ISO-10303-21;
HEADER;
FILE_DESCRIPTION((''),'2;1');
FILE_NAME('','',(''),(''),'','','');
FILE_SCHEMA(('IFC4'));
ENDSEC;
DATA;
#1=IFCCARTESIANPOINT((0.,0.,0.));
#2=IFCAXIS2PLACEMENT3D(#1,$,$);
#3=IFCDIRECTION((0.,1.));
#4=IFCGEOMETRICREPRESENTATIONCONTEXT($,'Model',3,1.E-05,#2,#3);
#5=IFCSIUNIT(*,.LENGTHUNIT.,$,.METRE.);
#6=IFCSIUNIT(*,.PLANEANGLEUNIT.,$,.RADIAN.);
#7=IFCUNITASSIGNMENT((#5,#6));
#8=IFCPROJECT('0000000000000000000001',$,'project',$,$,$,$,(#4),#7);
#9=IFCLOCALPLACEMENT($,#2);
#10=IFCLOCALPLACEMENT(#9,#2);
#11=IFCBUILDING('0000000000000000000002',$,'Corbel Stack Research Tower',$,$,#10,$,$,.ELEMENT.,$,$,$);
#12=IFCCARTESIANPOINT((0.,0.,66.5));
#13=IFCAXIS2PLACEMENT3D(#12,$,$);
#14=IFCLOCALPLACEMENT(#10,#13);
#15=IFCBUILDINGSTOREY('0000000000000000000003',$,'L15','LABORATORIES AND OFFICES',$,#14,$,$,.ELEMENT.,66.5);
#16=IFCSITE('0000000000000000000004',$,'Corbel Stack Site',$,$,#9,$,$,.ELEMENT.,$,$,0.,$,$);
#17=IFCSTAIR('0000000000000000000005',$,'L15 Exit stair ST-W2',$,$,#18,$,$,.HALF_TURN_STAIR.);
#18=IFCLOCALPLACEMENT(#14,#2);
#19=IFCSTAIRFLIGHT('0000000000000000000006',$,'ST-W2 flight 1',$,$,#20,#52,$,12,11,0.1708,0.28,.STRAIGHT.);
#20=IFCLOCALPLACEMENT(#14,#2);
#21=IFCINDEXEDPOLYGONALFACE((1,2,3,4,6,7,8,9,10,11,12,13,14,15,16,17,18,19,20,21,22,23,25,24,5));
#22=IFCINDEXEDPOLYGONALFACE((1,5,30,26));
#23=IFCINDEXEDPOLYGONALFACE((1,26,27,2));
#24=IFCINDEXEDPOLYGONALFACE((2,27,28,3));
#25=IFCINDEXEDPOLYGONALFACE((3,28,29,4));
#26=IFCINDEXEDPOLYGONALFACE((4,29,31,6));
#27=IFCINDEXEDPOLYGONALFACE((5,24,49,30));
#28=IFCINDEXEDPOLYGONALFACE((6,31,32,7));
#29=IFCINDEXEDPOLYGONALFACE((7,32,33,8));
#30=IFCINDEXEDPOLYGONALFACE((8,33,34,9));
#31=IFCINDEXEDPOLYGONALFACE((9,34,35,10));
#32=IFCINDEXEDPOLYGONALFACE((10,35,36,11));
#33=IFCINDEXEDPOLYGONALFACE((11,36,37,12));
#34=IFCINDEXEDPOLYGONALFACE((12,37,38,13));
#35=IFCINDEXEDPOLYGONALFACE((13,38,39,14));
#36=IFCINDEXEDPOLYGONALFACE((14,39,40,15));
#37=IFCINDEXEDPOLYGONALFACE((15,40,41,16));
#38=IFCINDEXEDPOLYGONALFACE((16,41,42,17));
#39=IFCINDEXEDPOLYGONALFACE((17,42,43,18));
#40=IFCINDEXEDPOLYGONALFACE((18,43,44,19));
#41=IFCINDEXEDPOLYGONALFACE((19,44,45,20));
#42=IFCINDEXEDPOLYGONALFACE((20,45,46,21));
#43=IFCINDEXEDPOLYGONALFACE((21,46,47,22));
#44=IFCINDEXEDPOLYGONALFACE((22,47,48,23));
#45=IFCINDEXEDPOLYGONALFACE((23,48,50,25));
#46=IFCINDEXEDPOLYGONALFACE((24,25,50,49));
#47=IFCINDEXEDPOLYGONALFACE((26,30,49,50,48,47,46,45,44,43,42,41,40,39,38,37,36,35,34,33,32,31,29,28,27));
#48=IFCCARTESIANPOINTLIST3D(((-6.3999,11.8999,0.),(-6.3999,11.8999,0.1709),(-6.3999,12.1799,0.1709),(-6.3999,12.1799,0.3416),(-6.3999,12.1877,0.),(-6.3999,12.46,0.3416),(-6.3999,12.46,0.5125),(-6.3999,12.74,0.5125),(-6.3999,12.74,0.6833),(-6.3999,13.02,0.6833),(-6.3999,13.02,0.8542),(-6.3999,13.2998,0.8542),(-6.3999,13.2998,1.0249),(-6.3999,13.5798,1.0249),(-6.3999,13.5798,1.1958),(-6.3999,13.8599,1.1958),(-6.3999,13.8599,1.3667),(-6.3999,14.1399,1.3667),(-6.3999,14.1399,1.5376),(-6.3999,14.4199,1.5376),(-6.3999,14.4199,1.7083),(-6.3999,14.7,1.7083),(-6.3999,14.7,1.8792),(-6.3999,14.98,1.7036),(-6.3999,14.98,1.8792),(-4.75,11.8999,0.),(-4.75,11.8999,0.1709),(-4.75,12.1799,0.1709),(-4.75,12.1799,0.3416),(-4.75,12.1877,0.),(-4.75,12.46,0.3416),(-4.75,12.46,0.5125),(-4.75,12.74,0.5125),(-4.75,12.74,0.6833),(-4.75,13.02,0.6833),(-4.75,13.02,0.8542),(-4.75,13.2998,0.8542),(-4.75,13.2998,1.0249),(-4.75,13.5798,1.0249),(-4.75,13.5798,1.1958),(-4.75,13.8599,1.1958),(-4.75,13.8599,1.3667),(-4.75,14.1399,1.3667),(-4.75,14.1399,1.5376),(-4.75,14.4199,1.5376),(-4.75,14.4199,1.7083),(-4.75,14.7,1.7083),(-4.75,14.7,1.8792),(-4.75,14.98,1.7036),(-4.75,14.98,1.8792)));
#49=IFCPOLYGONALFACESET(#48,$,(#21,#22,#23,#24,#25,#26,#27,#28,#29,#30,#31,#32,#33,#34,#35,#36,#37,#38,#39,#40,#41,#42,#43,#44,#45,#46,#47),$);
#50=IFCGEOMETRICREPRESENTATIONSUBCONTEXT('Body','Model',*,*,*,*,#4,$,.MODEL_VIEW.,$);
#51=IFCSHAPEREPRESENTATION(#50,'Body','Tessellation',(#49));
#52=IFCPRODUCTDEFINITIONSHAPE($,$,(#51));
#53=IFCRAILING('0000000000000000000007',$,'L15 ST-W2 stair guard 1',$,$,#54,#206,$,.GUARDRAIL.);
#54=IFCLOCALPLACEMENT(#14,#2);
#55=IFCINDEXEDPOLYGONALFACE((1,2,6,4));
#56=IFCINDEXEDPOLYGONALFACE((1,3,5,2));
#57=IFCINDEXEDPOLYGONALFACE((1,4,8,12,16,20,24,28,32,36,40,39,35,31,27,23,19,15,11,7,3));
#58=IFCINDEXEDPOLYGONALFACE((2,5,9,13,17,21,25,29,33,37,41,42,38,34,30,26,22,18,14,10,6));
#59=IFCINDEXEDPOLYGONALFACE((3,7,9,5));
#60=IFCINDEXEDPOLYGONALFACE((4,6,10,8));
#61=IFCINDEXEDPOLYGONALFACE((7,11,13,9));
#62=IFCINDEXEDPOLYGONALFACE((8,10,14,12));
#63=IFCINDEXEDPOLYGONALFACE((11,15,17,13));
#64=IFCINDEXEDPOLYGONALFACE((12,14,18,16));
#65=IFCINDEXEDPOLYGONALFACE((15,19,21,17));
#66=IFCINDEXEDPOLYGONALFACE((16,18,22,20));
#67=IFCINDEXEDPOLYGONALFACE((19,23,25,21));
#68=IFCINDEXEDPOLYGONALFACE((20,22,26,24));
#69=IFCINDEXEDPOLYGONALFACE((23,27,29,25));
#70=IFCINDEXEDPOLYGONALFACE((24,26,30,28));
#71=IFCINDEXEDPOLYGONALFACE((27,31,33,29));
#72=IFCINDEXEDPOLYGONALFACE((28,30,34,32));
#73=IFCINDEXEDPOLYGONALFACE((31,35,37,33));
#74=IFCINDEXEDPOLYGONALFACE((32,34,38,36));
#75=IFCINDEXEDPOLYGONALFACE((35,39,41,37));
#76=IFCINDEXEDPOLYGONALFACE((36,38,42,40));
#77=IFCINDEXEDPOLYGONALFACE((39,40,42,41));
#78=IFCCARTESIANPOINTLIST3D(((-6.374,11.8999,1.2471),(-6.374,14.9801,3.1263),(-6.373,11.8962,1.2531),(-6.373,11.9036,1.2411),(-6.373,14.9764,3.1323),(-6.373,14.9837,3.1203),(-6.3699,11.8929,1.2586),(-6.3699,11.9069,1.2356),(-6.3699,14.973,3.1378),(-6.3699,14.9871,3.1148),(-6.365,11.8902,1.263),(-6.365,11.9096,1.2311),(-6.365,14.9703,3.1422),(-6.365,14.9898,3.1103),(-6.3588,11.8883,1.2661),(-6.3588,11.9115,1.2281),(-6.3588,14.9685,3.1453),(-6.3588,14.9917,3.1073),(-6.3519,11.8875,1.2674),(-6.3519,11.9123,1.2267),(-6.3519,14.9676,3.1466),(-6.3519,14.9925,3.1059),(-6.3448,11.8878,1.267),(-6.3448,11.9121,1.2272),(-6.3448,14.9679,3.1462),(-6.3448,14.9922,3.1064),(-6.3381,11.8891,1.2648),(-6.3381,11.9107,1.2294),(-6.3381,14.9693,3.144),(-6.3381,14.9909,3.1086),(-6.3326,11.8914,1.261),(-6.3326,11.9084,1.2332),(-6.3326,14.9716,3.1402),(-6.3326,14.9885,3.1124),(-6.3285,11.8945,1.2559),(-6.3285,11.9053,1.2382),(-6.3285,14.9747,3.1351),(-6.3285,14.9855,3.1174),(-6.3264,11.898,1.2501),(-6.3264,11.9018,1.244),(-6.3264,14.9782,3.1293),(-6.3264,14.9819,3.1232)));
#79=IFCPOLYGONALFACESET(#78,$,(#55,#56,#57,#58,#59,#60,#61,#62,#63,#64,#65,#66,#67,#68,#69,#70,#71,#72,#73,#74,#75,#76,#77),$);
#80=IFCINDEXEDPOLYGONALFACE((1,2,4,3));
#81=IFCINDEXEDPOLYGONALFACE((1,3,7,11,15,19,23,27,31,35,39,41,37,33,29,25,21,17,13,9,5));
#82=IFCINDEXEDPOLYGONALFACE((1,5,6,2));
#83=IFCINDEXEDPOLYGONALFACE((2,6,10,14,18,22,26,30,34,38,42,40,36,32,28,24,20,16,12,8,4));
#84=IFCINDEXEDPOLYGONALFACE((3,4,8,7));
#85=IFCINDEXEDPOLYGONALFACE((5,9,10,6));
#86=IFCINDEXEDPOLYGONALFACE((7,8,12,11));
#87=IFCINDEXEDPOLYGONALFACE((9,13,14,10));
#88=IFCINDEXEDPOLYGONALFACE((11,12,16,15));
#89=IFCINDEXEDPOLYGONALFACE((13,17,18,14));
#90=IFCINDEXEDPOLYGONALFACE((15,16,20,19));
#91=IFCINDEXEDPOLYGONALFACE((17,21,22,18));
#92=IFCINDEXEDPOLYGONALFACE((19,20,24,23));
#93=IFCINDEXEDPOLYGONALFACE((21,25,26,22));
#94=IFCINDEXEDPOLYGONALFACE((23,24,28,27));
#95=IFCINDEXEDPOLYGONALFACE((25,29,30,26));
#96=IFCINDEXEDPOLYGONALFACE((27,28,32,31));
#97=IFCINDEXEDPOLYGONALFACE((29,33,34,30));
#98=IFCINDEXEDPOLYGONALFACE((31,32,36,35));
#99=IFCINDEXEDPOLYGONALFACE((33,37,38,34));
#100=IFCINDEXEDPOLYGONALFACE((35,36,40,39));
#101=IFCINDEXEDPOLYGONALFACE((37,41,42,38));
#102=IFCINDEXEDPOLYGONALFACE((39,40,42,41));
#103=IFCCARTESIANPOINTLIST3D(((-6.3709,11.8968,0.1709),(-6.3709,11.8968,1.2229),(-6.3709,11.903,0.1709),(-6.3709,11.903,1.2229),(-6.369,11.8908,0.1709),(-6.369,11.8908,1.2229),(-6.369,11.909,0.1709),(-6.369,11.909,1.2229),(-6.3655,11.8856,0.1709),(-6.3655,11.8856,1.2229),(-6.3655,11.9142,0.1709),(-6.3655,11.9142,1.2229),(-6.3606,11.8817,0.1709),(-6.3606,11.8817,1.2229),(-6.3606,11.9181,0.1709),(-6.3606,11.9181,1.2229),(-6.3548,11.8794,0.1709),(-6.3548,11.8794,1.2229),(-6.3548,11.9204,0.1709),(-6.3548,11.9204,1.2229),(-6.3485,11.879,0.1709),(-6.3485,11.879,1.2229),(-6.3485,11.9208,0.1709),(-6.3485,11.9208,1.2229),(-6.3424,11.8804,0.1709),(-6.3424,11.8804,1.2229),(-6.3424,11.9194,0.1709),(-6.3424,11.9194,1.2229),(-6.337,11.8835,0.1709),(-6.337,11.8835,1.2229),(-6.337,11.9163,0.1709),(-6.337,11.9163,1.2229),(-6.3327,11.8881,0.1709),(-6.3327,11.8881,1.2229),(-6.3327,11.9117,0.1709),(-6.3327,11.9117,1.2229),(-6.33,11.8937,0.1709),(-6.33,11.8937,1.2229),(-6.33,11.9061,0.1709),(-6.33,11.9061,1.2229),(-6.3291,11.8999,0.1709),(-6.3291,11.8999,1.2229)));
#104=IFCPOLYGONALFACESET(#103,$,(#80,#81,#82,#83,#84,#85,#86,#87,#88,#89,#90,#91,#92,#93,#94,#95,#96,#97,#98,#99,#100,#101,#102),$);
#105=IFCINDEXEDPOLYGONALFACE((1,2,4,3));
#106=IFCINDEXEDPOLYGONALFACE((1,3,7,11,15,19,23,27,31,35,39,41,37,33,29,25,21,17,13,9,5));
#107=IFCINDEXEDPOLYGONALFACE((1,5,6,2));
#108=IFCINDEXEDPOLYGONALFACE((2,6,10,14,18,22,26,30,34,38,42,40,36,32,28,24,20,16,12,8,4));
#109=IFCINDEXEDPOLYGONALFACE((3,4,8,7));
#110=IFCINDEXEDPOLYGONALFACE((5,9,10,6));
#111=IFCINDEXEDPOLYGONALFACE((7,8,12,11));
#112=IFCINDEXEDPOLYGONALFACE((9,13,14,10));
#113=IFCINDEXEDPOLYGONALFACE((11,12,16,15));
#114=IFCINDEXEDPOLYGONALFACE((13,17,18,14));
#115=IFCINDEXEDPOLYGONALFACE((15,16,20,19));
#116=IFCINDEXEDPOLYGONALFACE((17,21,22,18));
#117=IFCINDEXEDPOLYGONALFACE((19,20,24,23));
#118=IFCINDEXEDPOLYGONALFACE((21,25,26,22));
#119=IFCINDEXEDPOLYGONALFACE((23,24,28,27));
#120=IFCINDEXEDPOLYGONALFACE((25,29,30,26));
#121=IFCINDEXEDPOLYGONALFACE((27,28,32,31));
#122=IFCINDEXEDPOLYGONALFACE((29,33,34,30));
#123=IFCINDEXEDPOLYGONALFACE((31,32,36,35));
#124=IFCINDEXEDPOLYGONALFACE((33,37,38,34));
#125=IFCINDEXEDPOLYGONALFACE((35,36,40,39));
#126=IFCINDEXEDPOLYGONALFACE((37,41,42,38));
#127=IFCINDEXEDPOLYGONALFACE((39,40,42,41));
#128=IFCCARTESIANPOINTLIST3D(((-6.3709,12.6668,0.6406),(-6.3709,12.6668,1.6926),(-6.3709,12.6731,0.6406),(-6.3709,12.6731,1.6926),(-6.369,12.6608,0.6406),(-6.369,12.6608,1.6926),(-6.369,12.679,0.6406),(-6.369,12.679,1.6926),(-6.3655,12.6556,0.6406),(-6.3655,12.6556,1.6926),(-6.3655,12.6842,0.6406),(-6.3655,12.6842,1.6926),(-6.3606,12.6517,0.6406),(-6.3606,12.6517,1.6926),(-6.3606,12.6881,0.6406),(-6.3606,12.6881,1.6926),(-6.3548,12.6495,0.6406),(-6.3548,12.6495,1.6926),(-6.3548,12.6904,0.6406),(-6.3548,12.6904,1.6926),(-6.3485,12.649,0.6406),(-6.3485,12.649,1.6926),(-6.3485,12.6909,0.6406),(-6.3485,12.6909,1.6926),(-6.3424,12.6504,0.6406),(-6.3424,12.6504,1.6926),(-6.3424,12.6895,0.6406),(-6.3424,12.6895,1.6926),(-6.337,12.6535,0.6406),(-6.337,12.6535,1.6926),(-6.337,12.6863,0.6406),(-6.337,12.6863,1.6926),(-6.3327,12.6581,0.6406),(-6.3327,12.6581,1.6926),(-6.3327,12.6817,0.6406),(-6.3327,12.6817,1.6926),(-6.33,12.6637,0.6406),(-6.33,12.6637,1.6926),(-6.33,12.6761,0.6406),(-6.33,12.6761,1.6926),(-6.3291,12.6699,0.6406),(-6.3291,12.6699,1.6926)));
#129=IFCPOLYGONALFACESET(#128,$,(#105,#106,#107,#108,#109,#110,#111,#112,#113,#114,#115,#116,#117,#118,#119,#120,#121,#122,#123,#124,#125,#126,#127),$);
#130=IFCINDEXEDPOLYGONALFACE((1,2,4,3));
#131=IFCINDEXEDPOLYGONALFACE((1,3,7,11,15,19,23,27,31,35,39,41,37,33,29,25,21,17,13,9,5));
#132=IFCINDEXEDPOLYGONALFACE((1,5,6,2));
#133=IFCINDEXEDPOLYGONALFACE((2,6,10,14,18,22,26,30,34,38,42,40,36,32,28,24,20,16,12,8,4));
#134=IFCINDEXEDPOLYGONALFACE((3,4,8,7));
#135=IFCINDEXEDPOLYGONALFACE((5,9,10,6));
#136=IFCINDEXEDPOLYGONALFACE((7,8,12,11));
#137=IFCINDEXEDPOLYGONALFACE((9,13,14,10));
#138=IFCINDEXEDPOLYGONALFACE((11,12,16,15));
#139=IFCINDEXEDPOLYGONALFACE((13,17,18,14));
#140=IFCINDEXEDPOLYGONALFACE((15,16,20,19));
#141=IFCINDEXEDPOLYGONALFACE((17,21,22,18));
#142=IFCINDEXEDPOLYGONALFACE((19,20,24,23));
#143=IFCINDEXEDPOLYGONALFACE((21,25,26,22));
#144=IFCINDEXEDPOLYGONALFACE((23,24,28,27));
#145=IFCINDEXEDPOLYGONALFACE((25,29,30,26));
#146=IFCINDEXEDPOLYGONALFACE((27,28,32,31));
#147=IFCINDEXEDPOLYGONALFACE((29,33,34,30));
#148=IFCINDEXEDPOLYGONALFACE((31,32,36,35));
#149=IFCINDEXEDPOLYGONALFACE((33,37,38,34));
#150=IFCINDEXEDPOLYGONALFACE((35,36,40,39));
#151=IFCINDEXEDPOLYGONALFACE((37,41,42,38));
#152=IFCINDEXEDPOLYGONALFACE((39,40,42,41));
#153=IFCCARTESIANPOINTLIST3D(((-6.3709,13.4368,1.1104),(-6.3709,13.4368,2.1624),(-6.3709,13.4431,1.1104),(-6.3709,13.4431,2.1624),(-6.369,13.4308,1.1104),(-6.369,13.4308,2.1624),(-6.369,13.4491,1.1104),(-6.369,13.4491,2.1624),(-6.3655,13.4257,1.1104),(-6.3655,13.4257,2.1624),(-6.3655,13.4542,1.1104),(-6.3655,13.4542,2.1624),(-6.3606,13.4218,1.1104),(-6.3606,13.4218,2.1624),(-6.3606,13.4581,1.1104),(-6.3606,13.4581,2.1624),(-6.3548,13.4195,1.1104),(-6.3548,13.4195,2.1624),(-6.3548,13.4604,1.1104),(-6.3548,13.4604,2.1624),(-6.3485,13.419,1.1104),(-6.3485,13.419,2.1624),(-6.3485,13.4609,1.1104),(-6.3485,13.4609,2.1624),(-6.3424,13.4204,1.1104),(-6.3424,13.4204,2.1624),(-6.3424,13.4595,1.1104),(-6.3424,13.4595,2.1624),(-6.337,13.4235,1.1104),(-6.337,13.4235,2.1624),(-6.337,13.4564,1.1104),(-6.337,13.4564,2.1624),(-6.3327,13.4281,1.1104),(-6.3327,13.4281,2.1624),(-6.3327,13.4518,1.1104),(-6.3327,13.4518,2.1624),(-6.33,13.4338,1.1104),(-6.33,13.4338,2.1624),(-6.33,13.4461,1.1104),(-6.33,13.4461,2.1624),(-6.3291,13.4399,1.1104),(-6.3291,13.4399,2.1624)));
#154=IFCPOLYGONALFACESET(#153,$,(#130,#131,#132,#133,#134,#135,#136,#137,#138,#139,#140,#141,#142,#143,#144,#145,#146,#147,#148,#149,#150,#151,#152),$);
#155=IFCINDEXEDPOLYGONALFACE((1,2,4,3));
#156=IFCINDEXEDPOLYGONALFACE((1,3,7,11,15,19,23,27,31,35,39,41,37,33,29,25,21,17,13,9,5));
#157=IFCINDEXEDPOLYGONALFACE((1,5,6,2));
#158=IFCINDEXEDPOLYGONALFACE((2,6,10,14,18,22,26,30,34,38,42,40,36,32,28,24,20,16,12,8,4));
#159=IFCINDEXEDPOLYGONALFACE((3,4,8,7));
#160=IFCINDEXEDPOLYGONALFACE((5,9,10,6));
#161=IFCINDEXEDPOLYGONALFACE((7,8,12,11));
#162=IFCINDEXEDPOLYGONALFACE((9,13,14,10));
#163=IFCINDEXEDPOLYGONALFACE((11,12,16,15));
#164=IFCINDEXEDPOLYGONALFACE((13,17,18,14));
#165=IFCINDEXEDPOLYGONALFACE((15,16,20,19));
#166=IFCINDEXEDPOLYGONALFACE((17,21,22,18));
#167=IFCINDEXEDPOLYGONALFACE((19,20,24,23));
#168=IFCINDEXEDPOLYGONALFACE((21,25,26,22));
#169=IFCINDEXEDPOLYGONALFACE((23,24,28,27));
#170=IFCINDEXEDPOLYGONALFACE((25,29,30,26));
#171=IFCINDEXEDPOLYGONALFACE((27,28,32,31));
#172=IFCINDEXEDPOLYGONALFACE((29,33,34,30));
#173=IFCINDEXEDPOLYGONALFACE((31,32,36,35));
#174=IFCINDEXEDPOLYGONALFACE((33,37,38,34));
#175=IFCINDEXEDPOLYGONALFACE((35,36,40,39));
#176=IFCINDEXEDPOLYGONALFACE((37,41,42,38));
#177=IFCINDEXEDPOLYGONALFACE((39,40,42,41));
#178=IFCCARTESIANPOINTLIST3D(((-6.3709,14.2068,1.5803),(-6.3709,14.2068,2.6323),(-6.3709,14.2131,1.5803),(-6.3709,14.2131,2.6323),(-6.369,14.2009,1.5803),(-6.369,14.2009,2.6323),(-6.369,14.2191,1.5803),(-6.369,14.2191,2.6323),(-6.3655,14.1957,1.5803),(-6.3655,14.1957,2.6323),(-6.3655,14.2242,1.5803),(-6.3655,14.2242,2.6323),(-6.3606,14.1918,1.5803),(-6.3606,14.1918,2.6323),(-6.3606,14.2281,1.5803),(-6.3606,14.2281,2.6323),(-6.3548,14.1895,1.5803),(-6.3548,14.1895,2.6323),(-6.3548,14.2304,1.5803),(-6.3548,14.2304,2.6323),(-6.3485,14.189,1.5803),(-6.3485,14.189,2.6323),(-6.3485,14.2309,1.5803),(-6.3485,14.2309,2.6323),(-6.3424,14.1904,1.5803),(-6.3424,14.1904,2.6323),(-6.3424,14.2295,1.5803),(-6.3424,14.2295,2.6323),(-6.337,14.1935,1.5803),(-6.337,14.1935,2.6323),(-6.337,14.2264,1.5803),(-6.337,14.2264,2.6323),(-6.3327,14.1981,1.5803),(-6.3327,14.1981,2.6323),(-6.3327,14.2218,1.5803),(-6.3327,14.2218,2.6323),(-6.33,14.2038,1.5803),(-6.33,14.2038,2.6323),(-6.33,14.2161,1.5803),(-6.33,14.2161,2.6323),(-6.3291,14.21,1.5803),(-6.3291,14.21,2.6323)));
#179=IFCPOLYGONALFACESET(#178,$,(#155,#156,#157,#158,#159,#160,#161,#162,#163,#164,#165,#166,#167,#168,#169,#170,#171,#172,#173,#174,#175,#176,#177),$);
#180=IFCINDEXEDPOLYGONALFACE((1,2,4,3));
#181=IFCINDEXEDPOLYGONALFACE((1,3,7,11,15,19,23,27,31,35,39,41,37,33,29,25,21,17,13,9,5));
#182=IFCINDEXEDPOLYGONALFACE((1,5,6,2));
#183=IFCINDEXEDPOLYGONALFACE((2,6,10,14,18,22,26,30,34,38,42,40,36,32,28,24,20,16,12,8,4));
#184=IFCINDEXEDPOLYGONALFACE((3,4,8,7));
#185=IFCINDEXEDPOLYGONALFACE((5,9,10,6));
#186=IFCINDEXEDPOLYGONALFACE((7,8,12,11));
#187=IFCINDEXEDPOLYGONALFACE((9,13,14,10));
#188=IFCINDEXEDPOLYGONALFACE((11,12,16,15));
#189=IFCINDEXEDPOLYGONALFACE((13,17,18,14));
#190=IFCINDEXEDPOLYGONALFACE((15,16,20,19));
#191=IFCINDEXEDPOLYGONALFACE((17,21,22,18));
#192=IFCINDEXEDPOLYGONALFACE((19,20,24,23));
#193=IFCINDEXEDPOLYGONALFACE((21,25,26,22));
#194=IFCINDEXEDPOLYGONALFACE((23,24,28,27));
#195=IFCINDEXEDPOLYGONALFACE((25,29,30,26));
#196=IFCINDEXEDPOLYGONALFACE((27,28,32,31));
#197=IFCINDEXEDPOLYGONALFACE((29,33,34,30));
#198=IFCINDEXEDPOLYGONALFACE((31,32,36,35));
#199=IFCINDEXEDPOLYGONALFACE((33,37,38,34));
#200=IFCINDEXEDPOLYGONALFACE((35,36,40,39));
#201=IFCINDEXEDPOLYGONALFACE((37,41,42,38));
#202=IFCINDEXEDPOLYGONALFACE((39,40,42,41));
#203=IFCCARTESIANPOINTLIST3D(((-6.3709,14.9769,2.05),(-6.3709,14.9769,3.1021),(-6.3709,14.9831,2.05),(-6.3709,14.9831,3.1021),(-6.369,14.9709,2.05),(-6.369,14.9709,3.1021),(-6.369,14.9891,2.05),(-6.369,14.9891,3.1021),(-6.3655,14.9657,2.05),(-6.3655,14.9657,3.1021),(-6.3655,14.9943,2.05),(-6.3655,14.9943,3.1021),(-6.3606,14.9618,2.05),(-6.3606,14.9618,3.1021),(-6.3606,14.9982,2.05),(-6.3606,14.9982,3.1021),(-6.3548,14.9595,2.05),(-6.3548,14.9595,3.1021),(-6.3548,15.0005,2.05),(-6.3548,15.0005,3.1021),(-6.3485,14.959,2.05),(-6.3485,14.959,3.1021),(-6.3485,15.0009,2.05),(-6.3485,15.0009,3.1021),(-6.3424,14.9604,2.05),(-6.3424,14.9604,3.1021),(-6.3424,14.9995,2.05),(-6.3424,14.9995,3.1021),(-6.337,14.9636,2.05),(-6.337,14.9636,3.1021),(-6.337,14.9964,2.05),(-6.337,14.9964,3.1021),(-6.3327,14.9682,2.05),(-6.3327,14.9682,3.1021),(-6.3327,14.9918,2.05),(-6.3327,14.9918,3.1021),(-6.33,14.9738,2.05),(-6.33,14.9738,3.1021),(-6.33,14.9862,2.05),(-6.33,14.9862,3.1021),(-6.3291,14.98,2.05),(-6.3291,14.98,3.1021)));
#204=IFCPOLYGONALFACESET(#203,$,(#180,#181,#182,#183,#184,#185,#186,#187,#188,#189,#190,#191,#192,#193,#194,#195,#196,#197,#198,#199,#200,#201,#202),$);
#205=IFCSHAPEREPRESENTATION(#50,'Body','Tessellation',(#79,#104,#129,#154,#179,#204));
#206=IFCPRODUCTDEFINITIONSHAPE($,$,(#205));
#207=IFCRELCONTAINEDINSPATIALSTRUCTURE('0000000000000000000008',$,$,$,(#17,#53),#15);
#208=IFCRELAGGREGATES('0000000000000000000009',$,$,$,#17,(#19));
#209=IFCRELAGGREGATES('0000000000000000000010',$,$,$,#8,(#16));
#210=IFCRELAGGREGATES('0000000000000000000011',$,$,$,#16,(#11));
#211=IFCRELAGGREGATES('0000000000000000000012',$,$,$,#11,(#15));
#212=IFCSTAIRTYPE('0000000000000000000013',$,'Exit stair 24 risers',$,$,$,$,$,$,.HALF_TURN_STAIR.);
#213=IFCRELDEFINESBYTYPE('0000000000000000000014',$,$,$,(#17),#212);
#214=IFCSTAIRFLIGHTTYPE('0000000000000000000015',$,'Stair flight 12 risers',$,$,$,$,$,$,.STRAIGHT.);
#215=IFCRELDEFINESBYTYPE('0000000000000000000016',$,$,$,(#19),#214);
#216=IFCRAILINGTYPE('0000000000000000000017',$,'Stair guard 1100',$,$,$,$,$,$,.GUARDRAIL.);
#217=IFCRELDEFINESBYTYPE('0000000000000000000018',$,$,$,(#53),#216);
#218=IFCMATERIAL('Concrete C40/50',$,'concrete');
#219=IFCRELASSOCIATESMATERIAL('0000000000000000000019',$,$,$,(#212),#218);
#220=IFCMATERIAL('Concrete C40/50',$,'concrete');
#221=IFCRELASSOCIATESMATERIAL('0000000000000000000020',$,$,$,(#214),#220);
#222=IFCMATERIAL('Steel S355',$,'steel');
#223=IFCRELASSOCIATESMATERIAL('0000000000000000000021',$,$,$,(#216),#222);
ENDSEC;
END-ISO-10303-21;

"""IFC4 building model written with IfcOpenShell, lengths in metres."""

from ifc_helpers import new_model, si_unit, direction, frame, origin, origin_2d, place, context, subcontext, project, spatial, polyline, circle, outline, extrude, material, type_object, element, aggregate, save


model = new_model("IFC4")

# Units and contexts
model_context = context("Model", 3, precision=1e-05, world=origin(), true_north=direction((0.0, 1.0)))
body_context = subcontext(model_context, "Body", "Model", "MODEL_VIEW")
ifc_project = project(units=[si_unit("LENGTHUNIT", "METRE"), si_unit("PLANEANGLEUNIT", "RADIAN")], contexts=[model_context])

# Site, building, storey
site_placement = place(None, origin())
site = spatial("IfcSite", under=ifc_project, at=site_placement, Name="Corbel Stack Site", CompositionType="ELEMENT", RefElevation=0.0)
building_placement = place(site_placement, origin())
building = spatial("IfcBuilding", under=site, at=building_placement, Name="Corbel Stack Research Tower", CompositionType="ELEMENT")
storey_placement = place(building_placement, frame((0.0, 0.0, 66.5)))
storey = spatial("IfcBuildingStorey", under=building, at=storey_placement, Name="L15", Description="LABORATORIES AND OFFICES", CompositionType="ELEMENT", Elevation=66.5)

# Stair, stair flight
ifc_material_1 = material(Name="Concrete C40/50", Category="concrete")
stair_type = type_object("IfcStairType", Name="Exit stair 24 risers", PredefinedType="HALF_TURN_STAIR", material=ifc_material_1)
stair_placement = place(storey_placement, origin())
stair = element("IfcStair", 1, at=stair_placement, inside=storey, type_object=stair_type, Name="L15 Exit stair ST-W2", PredefinedType="HALF_TURN_STAIR")
ifc_material_2 = material(Name="Concrete C40/50", Category="concrete")
stair_flight_type = type_object("IfcStairFlightType", Name="Stair flight 12 risers", PredefinedType="STRAIGHT", material=ifc_material_2)
stair_flight_placement = place(storey_placement, frame((-5.575, 11.8999, 0.0), z_axis=(0.0, 0.0, 1.0), x_axis=(0.0, 1.0, 0.0)))
stair_flight = element("IfcStairFlight", 2, at=stair_flight_placement, type_object=stair_flight_type, Name="ST-W2 flight 1", NumberOfRisers=12, NumberOfTreads=11, PredefinedType="STRAIGHT", RiserHeight=0.1708, TreadLength=0.28, context=body_context, shape_type="SweptSolid", body=[
    extrude(outline(polyline([(0.0, 0.0), (0.0, 0.1709), (0.28, 0.1709), (0.28, 0.3416), (0.5601, 0.3416), (0.5601, 0.5125), (0.8401, 0.5125), (0.8401, 0.6833), (1.1201, 0.6833), (1.1201, 0.8542), (1.3999, 0.8542), (1.3999, 1.0249), (1.6799, 1.0249), (1.6799, 1.1958), (1.96, 1.1958), (1.96, 1.3667), (2.24, 1.3667), (2.24, 1.5376), (2.52, 1.5376), (2.52, 1.7083), (2.8, 1.7083), (2.8, 1.8792), (3.0801, 1.8792), (3.0801, 2.05), (3.0801, 1.7036), (0.2878, 0.0), (0.0, 0.0)])), frame((0.0, 0.825, 0.0), z_axis=(0.0, -1.0, 0.0), x_axis=(1.0, 0.0, 0.0)), (0.0, 0.0, 1.0), 1.6499),
])
aggregate(stair, [stair_flight])

# Railing
ifc_material_3 = material(Name="Steel S355", Category="steel")
railing_type_1 = type_object("IfcRailingType", Name="Stair guard 1100", PredefinedType="GUARDRAIL", material=ifc_material_3)
railing_1_placement = place(storey_placement, frame((-6.3501, 11.8999, 0.1709)))
element("IfcRailing", 3, at=railing_1_placement, inside=storey, type_object=railing_type_1, Name="L15 ST-W2 stair guard 1", PredefinedType="GUARDRAIL", context=body_context, shape_type="SweptSolid", body=[
    extrude(circle(Radius=0.0239, at=origin_2d()), frame((0.0, 0.0, 1.0762), z_axis=(0.0, 0.853666, 0.52082), x_axis=(-1.0, 0.0, 0.0)), (0.0, 0.0, 1.0), 3.6082),
    extrude(circle(Radius=0.021, at=origin_2d()), origin(), (0.0, 0.0, 1.0), 1.052),
    extrude(circle(Radius=0.021, at=origin_2d()), frame((0.0, 0.77, 0.4697)), (0.0, 0.0, 1.0), 1.052),
    extrude(circle(Radius=0.021, at=origin_2d()), frame((0.0, 1.54, 0.9395)), (0.0, 0.0, 1.0), 1.052),
    extrude(circle(Radius=0.021, at=origin_2d()), frame((0.0, 2.3101, 1.4094)), (0.0, 0.0, 1.0), 1.052),
    extrude(circle(Radius=0.021, at=origin_2d()), frame((0.0, 3.0801, 1.8792)), (0.0, 0.0, 1.0), 1.052),
])

save(model, "model.ifc")
